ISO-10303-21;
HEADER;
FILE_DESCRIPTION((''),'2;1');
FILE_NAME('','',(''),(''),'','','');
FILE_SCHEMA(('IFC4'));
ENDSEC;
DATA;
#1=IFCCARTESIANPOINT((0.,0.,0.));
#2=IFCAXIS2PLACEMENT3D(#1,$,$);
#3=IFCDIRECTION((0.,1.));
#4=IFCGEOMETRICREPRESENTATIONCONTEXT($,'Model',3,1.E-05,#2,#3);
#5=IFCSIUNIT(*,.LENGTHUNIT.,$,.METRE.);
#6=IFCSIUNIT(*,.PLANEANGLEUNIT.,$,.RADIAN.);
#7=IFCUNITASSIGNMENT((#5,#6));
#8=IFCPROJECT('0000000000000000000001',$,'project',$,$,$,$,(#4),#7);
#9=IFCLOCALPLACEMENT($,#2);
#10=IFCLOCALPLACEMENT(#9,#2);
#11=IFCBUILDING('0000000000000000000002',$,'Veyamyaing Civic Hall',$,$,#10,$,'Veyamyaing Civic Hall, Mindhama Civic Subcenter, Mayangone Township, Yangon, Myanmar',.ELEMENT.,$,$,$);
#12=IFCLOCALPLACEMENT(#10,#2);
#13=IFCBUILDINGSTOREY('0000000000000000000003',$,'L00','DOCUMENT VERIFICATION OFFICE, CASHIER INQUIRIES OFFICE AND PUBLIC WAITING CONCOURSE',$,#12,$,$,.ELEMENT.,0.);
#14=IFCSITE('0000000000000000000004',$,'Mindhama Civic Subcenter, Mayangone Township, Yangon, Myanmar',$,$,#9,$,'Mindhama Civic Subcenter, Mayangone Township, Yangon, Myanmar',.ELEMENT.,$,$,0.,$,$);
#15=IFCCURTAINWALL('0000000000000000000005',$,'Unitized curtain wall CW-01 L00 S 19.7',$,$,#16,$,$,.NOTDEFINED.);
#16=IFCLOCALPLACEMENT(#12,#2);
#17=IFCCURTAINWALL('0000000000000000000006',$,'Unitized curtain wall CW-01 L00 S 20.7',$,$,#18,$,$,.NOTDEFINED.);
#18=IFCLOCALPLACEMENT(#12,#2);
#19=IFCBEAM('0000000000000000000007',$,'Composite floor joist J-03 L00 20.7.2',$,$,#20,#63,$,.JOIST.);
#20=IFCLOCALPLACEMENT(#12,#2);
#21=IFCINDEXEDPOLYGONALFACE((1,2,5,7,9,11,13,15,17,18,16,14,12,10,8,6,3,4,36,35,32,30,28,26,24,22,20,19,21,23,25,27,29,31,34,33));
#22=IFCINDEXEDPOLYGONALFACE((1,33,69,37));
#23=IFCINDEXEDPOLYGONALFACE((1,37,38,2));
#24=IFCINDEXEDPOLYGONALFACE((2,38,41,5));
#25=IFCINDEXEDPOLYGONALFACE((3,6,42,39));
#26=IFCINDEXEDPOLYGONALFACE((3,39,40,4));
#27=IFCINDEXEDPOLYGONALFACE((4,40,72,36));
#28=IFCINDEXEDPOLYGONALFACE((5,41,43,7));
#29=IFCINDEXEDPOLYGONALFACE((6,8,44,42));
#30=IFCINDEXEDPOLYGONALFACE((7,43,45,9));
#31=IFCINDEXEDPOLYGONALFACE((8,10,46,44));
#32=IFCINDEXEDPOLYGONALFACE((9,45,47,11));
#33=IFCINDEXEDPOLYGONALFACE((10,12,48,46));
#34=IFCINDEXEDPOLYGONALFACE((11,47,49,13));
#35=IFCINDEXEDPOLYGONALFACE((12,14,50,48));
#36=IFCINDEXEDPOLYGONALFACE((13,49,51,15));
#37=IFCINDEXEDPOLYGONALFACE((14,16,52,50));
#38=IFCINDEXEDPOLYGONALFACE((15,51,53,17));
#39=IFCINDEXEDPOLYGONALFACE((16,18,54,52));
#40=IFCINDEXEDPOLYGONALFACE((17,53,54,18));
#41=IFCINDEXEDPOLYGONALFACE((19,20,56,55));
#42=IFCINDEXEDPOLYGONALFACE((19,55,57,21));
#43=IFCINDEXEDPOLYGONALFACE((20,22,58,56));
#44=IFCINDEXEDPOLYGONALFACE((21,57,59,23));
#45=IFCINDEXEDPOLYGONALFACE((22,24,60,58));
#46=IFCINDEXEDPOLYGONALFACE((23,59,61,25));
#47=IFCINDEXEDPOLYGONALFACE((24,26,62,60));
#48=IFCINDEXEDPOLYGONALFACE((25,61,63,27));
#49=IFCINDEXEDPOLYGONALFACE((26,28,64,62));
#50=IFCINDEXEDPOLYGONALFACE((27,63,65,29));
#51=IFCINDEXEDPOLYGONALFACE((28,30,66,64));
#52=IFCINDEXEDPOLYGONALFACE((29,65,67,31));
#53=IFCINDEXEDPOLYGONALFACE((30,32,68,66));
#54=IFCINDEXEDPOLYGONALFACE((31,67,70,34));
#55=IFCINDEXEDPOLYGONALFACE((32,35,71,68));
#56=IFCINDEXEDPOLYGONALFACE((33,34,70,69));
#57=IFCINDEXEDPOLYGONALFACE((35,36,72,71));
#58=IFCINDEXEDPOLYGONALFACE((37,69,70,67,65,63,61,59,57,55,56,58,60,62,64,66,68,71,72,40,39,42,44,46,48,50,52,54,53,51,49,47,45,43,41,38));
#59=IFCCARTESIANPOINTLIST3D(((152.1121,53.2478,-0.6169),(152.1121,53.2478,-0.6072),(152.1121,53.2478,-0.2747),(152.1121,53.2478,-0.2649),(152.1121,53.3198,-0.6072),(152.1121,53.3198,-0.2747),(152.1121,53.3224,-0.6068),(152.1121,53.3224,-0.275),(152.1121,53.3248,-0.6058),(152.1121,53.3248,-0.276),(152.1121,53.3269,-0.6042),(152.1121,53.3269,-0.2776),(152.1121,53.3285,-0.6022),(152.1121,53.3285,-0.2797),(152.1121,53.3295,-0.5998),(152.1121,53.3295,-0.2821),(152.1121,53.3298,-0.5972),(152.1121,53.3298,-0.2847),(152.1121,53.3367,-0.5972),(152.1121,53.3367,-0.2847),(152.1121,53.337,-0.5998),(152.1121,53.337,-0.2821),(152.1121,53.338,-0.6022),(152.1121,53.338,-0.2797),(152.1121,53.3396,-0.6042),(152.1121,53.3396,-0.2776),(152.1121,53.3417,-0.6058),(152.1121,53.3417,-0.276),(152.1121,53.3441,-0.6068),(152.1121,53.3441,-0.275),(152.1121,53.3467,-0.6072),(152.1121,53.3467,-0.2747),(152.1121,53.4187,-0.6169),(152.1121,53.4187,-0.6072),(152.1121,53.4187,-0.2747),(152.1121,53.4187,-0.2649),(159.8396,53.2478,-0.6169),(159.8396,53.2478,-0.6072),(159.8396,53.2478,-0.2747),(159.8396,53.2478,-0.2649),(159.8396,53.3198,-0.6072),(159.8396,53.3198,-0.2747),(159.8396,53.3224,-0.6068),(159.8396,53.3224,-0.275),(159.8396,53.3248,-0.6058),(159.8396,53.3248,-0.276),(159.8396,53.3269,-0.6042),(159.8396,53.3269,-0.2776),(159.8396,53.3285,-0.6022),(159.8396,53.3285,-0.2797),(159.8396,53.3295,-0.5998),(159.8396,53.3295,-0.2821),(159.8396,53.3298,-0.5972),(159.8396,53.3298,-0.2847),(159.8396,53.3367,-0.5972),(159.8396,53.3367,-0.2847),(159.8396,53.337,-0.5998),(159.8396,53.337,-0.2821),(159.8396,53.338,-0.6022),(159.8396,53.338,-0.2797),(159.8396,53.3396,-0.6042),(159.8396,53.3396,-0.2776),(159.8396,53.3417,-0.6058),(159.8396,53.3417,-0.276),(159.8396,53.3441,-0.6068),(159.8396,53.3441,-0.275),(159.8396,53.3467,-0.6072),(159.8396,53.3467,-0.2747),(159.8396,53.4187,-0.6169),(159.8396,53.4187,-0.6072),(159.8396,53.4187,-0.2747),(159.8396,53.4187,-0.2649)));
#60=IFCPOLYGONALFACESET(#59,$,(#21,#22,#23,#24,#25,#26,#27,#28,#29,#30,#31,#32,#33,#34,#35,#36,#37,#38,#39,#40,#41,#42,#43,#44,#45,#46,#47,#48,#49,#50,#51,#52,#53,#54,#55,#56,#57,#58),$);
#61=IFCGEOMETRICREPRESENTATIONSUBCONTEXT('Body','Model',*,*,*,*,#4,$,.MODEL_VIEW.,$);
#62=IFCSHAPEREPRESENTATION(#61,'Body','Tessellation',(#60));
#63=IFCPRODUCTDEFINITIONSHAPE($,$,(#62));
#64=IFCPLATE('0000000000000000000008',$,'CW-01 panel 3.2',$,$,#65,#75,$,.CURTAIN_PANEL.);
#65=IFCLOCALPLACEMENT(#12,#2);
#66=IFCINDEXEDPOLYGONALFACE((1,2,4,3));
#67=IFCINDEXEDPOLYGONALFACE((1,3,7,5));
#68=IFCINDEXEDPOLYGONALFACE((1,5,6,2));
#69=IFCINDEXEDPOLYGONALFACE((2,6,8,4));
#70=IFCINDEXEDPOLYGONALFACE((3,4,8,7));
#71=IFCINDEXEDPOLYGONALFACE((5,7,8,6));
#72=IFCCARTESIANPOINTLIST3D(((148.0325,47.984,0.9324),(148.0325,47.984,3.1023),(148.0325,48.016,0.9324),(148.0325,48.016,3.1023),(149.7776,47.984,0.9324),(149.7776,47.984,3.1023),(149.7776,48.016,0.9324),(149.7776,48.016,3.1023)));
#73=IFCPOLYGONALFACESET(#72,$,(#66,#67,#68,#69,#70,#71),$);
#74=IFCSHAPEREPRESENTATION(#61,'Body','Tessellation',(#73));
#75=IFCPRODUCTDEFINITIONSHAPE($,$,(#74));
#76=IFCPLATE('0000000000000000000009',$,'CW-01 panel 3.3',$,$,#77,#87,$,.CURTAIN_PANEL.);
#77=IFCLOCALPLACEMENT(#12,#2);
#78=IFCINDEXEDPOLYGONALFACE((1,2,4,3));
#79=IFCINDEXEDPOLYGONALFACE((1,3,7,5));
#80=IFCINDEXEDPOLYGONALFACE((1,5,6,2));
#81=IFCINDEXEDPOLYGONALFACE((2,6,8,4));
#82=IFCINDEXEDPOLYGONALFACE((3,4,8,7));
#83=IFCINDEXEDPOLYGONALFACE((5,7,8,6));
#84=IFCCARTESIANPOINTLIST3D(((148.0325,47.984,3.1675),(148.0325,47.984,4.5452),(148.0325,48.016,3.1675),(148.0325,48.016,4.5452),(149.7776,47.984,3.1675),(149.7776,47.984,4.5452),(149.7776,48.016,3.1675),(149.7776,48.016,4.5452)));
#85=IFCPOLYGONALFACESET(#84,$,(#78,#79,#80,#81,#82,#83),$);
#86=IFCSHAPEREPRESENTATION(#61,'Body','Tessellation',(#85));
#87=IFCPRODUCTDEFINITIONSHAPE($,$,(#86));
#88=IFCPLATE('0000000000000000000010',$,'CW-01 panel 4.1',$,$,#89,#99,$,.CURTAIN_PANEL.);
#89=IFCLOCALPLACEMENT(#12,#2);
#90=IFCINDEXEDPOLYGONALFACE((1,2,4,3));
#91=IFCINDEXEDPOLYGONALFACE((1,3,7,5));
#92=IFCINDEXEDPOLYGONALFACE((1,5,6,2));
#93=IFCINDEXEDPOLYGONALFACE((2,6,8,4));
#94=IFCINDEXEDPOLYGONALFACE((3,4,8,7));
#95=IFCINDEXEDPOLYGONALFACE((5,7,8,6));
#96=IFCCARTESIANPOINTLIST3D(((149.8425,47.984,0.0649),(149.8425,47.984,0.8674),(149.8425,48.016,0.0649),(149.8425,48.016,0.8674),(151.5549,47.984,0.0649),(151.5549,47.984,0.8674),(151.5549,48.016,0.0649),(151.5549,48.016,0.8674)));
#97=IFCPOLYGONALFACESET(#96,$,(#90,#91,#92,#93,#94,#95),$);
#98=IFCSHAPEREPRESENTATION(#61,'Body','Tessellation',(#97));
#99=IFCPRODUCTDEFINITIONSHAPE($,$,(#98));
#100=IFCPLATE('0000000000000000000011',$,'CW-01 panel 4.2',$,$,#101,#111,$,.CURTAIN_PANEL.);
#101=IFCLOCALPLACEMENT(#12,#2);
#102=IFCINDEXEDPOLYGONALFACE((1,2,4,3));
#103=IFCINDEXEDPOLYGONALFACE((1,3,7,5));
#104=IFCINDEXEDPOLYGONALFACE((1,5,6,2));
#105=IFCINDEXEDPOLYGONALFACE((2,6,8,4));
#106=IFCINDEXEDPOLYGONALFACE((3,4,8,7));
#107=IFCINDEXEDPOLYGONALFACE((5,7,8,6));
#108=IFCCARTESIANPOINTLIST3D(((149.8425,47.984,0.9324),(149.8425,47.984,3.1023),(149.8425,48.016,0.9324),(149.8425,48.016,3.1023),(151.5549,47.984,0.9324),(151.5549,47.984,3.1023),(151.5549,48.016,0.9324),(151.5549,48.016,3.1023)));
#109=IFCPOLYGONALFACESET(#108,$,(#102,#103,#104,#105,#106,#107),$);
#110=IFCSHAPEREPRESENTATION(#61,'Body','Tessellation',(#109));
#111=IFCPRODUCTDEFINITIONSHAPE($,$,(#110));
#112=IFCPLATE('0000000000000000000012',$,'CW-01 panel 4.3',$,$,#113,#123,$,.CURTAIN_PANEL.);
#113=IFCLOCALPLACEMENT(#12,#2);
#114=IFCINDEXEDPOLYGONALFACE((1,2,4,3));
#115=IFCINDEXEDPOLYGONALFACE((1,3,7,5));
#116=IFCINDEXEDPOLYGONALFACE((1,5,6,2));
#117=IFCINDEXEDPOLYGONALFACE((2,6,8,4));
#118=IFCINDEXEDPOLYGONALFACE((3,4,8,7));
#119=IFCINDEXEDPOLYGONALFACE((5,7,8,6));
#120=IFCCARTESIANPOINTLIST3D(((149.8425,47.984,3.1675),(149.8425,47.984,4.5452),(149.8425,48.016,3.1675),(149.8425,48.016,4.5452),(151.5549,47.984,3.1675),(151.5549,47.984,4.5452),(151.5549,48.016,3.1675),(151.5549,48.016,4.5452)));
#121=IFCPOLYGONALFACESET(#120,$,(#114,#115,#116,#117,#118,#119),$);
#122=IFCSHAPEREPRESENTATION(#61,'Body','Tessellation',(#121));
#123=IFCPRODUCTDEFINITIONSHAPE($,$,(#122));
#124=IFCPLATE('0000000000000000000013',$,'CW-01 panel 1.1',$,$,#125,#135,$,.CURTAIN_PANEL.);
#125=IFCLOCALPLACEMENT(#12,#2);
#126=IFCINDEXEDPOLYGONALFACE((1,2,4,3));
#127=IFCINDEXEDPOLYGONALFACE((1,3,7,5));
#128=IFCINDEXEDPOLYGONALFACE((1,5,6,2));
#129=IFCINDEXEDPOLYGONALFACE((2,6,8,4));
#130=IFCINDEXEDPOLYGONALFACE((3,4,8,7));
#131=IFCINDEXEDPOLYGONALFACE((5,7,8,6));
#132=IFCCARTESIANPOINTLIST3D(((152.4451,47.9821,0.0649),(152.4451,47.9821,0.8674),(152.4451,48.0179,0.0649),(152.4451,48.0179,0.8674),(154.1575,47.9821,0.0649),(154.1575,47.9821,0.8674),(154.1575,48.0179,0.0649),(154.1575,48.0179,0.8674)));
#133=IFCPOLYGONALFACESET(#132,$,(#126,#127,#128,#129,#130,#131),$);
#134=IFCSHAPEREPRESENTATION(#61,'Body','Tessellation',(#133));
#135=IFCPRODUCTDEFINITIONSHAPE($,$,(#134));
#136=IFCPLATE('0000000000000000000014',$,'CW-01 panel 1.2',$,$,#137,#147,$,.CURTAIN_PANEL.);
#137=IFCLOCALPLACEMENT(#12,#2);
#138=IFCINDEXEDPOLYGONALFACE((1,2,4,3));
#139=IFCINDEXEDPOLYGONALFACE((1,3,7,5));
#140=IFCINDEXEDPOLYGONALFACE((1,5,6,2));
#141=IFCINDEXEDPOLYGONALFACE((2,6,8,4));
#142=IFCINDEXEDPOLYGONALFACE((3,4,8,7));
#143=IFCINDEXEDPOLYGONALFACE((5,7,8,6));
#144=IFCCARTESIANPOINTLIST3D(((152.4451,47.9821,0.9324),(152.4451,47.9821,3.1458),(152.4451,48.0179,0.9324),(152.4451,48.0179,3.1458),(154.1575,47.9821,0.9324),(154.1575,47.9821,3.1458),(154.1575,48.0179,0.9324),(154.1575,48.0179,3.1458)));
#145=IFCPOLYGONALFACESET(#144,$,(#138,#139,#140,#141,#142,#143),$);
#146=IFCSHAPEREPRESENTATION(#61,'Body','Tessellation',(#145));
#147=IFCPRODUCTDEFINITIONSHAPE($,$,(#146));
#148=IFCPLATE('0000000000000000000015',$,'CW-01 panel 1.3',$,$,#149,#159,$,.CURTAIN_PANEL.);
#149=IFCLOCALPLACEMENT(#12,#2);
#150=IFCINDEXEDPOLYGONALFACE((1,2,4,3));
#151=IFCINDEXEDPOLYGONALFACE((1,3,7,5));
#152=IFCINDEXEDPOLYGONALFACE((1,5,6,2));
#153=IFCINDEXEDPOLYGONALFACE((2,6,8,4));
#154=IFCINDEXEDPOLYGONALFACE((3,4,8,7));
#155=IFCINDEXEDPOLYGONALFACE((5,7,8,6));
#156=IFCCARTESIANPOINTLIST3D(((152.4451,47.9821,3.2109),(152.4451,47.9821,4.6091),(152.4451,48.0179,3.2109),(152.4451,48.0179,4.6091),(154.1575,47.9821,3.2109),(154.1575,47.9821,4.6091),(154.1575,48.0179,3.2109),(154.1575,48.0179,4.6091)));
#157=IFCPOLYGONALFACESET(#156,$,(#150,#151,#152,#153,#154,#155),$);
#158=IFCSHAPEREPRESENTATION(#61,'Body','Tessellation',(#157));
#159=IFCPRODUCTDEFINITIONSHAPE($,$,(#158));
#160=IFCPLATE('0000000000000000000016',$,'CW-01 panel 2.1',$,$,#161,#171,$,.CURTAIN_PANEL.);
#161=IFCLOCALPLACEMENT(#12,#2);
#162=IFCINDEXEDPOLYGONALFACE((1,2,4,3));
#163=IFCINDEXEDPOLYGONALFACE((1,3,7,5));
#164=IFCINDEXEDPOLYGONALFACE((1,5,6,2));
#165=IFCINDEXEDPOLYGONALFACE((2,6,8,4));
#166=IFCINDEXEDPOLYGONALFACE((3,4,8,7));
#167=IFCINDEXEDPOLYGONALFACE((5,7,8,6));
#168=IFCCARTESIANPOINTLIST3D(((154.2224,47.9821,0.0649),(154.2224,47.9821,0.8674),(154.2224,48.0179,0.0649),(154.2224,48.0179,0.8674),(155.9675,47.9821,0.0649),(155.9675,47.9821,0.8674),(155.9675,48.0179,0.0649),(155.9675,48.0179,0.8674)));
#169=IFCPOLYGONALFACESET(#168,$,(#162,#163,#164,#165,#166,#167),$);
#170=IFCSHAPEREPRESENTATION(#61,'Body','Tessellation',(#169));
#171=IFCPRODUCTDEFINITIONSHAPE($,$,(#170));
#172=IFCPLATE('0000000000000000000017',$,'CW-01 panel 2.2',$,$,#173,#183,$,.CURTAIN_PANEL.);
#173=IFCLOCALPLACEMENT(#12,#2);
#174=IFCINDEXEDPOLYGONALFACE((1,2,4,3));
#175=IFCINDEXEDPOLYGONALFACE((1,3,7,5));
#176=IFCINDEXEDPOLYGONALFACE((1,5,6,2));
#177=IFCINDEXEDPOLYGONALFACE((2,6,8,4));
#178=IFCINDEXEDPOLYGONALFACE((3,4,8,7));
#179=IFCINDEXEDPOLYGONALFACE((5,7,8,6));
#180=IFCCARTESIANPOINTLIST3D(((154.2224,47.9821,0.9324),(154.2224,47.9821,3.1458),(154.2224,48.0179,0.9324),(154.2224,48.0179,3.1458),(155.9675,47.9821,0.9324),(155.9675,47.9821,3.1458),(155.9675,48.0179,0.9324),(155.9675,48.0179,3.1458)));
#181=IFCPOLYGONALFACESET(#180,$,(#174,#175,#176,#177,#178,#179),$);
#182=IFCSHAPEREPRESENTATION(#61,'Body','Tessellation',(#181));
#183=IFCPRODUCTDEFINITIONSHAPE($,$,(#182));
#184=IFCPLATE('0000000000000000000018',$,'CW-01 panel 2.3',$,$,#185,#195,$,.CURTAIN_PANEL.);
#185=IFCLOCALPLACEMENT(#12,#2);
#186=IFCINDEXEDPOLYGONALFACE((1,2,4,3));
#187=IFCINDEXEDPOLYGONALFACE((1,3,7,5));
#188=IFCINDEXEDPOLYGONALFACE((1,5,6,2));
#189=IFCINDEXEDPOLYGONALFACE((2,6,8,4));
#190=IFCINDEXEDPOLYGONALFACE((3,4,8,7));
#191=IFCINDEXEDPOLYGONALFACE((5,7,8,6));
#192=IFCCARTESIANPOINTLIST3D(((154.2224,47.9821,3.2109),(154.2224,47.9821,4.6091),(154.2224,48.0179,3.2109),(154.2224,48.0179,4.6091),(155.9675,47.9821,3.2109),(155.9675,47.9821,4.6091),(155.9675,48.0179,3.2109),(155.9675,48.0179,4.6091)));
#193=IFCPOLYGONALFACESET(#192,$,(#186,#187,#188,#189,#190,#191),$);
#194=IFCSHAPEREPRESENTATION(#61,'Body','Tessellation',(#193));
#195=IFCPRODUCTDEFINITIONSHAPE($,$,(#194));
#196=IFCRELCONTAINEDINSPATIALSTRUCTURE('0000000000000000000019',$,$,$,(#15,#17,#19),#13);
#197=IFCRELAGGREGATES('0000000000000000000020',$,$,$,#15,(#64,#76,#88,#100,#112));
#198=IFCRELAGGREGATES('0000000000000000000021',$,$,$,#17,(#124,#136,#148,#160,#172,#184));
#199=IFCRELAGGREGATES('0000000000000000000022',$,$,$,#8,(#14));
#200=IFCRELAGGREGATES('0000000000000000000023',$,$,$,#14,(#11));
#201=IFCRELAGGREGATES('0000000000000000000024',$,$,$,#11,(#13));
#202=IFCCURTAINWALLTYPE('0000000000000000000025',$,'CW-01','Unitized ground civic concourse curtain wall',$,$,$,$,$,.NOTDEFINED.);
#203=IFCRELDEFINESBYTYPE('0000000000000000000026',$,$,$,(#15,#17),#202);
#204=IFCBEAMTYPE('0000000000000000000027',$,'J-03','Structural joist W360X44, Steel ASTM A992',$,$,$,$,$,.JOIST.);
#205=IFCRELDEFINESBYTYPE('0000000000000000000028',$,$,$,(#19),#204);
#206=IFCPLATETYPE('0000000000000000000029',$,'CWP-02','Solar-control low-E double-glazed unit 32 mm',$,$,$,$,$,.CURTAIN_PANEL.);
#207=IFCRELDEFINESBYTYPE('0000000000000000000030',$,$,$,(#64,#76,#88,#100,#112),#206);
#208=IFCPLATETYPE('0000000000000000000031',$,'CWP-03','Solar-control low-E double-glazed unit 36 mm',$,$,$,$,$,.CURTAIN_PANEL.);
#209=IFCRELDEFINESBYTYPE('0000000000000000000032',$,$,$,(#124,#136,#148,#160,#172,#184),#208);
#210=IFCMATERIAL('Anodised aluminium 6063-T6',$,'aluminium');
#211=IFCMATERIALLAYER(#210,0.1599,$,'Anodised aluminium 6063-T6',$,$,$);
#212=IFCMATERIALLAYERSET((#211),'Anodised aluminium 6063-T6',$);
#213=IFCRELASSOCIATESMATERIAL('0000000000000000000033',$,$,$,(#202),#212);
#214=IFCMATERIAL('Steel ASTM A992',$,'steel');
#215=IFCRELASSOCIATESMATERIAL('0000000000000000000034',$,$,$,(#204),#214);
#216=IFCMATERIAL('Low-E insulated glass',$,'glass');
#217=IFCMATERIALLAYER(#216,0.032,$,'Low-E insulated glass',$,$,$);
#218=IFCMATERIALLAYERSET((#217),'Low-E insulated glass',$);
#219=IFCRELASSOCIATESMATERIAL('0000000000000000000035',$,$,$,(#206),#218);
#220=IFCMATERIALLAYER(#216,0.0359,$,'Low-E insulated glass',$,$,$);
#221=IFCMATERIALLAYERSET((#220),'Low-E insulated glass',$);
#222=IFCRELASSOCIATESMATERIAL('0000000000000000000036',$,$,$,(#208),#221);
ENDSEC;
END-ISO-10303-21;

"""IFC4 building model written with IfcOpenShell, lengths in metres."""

from ifc_helpers import new_model, si_unit, direction, frame, origin, origin_2d, place, context, subcontext, project, spatial, rectangle, i_section, extrude, material, layer, layer_set, material_profile, profile_set, type_object, element, aggregate, save


model = new_model("IFC4")

# Units and contexts
model_context = context("Model", 3, precision=1e-05, world=origin(), true_north=direction((0.0, 1.0)))
body_context = subcontext(model_context, "Body", "Model", "MODEL_VIEW")
ifc_project = project(units=[si_unit("LENGTHUNIT", "METRE"), si_unit("PLANEANGLEUNIT", "RADIAN")], contexts=[model_context])

# Site, building, storey
site_placement = place(None, origin())
site = spatial("IfcSite", under=ifc_project, at=site_placement, Name="Mindhama Civic Subcenter, Mayangone Township, Yangon, Myanmar", LongName="Mindhama Civic Subcenter, Mayangone Township, Yangon, Myanmar", CompositionType="ELEMENT", RefElevation=0.0)
building_placement = place(site_placement, origin())
building = spatial("IfcBuilding", under=site, at=building_placement, Name="Veyamyaing Civic Hall", LongName="Veyamyaing Civic Hall, Mindhama Civic Subcenter, Mayangone Township, Yangon, Myanmar", CompositionType="ELEMENT")
storey_placement = place(building_placement, origin())
storey = spatial("IfcBuildingStorey", under=building, at=storey_placement, Name="L00", Description="DOCUMENT VERIFICATION OFFICE, CASHIER INQUIRIES OFFICE AND PUBLIC WAITING CONCOURSE", CompositionType="ELEMENT", Elevation=0.0)

# Shared definitions
ifc_material_1 = material(Name="Steel ASTM A992", Category="steel")

# Curtain walls
ifc_material_2 = material(Name="Anodised aluminium 6063-T6", Category="aluminium")
ifc_layer_1 = layer(ifc_material_2, 0.1599, Name="Anodised aluminium 6063-T6")
ifc_layer_set_1 = layer_set([ifc_layer_1], Name="Anodised aluminium 6063-T6")
curtain_wall_type = type_object("IfcCurtainWallType", Name="CW-01", Description="Unitized ground civic concourse curtain wall", PredefinedType="NOTDEFINED", material=ifc_layer_set_1)
curtain_wall_1_placement = place(storey_placement, origin())
curtain_wall_1 = element("IfcCurtainWall", 1, at=curtain_wall_1_placement, inside=storey, type_object=curtain_wall_type, Name="Unitized curtain wall CW-01 L00 S 19.7", PredefinedType="NOTDEFINED")
curtain_wall_2_placement = place(storey_placement, origin())
curtain_wall_2 = element("IfcCurtainWall", 2, at=curtain_wall_2_placement, inside=storey, type_object=curtain_wall_type, Name="Unitized curtain wall CW-01 L00 S 20.7", PredefinedType="NOTDEFINED")

# Beam
ifc_material_profile_1 = material_profile(ifc_material_1, i_section(OverallWidth=0.1709, OverallDepth=0.3521, WebThickness=0.0068, FlangeThickness=0.0098, FilletRadius=0.01, at=origin_2d()), Name="W360X44")
ifc_profile_set_1 = profile_set([ifc_material_profile_1], Name="Steel ASTM A992")
beam_type_1 = type_object("IfcBeamType", Name="J-03", Description="Structural joist W360X44, Steel ASTM A992", PredefinedType="JOIST", material=ifc_profile_set_1)
for number, where, z_axis, x_axis, name in (
    (3, (152.1121, 53.3333, -0.4409), (1.0, 0.0, 0.0), (0.0, 1.0, 0.0), "Composite floor joist J-03 L00 20.7.2"),
):
    element("IfcBeam", number, at=place(storey_placement, frame(where, z_axis=z_axis, x_axis=x_axis)), inside=storey, type_object=beam_type_1, Name=name, PredefinedType="JOIST", context=body_context, shape_type="SweptSolid", body=[
        extrude(i_section(OverallWidth=0.1709, OverallDepth=0.3521, WebThickness=0.0068, FlangeThickness=0.0098, FilletRadius=0.01, at=origin_2d()), origin(), (0.0, 0.0, 1.0), 7.7275),
    ])

# Plates
ifc_material_3 = material(Name="Low-E insulated glass", Category="glass")
ifc_layer_2 = layer(ifc_material_3, 0.032, Name="Low-E insulated glass")
ifc_layer_set_2 = layer_set([ifc_layer_2], Name="Low-E insulated glass")
plate_type_1 = type_object("IfcPlateType", Name="CWP-02", Description="Solar-control low-E double-glazed unit 32 mm", PredefinedType="CURTAIN_PANEL", material=ifc_layer_set_2)
plate_1_placement = place(storey_placement, frame((148.905, 48.0, 0.9324), z_axis=(0.0, 0.0, 1.0), x_axis=(1.0, 0.0, 0.0)))
plate_1 = element("IfcPlate", 4, at=plate_1_placement, type_object=plate_type_1, Name="CW-01 panel 3.2", PredefinedType="CURTAIN_PANEL", context=body_context, shape_type="SweptSolid", body=[
    extrude(rectangle(XDim=1.7451, YDim=0.032, at=origin_2d()), origin(), (0.0, 0.0, 1.0), 2.1699),
])
plate_2_placement = place(storey_placement, frame((148.905, 48.0, 3.1675), z_axis=(0.0, 0.0, 1.0), x_axis=(1.0, 0.0, 0.0)))
plate_2 = element("IfcPlate", 5, at=plate_2_placement, type_object=plate_type_1, Name="CW-01 panel 3.3", PredefinedType="CURTAIN_PANEL", context=body_context, shape_type="SweptSolid", body=[
    extrude(rectangle(XDim=1.7451, YDim=0.032, at=origin_2d()), origin(), (0.0, 0.0, 1.0), 1.3777),
])
plate_3_placement = place(storey_placement, frame((150.6987, 48.0, 0.0649), z_axis=(0.0, 0.0, 1.0), x_axis=(1.0, 0.0, 0.0)))
plate_3 = element("IfcPlate", 6, at=plate_3_placement, type_object=plate_type_1, Name="CW-01 panel 4.1", PredefinedType="CURTAIN_PANEL", context=body_context, shape_type="SweptSolid", body=[
    extrude(rectangle(XDim=1.7124, YDim=0.032, at=origin_2d()), origin(), (0.0, 0.0, 1.0), 0.8025),
])
plate_4_placement = place(storey_placement, frame((150.6987, 48.0, 0.9324), z_axis=(0.0, 0.0, 1.0), x_axis=(1.0, 0.0, 0.0)))
plate_4 = element("IfcPlate", 7, at=plate_4_placement, type_object=plate_type_1, Name="CW-01 panel 4.2", PredefinedType="CURTAIN_PANEL", context=body_context, shape_type="SweptSolid", body=[
    extrude(rectangle(XDim=1.7124, YDim=0.032, at=origin_2d()), origin(), (0.0, 0.0, 1.0), 2.1699),
])
plate_5_placement = place(storey_placement, frame((150.6987, 48.0, 3.1675), z_axis=(0.0, 0.0, 1.0), x_axis=(1.0, 0.0, 0.0)))
plate_5 = element("IfcPlate", 8, at=plate_5_placement, type_object=plate_type_1, Name="CW-01 panel 4.3", PredefinedType="CURTAIN_PANEL", context=body_context, shape_type="SweptSolid", body=[
    extrude(rectangle(XDim=1.7124, YDim=0.032, at=origin_2d()), origin(), (0.0, 0.0, 1.0), 1.3777),
])
aggregate(curtain_wall_1, [plate_1, plate_2, plate_3, plate_4, plate_5])
ifc_layer_3 = layer(ifc_material_3, 0.0359, Name="Low-E insulated glass")
ifc_layer_set_3 = layer_set([ifc_layer_3], Name="Low-E insulated glass")
plate_type_2 = type_object("IfcPlateType", Name="CWP-03", Description="Solar-control low-E double-glazed unit 36 mm", PredefinedType="CURTAIN_PANEL", material=ifc_layer_set_3)
plate_6_placement = place(storey_placement, frame((153.3013, 48.0, 0.0649), z_axis=(0.0, 0.0, 1.0), x_axis=(1.0, 0.0, 0.0)))
plate_6 = element("IfcPlate", 9, at=plate_6_placement, type_object=plate_type_2, Name="CW-01 panel 1.1", PredefinedType="CURTAIN_PANEL", context=body_context, shape_type="SweptSolid", body=[
    extrude(rectangle(XDim=1.7124, YDim=0.0359, at=origin_2d()), origin(), (0.0, 0.0, 1.0), 0.8025),
])
plate_7_placement = place(storey_placement, frame((153.3013, 48.0, 0.9324), z_axis=(0.0, 0.0, 1.0), x_axis=(1.0, 0.0, 0.0)))
plate_7 = element("IfcPlate", 10, at=plate_7_placement, type_object=plate_type_2, Name="CW-01 panel 1.2", PredefinedType="CURTAIN_PANEL", context=body_context, shape_type="SweptSolid", body=[
    extrude(rectangle(XDim=1.7124, YDim=0.0359, at=origin_2d()), origin(), (0.0, 0.0, 1.0), 2.2134),
])
plate_8_placement = place(storey_placement, frame((153.3013, 48.0, 3.2109), z_axis=(0.0, 0.0, 1.0), x_axis=(1.0, 0.0, 0.0)))
plate_8 = element("IfcPlate", 11, at=plate_8_placement, type_object=plate_type_2, Name="CW-01 panel 1.3", PredefinedType="CURTAIN_PANEL", context=body_context, shape_type="SweptSolid", body=[
    extrude(rectangle(XDim=1.7124, YDim=0.0359, at=origin_2d()), origin(), (0.0, 0.0, 1.0), 1.3982),
])
plate_9_placement = place(storey_placement, frame((155.095, 48.0, 0.0649), z_axis=(0.0, 0.0, 1.0), x_axis=(1.0, 0.0, 0.0)))
plate_9 = element("IfcPlate", 12, at=plate_9_placement, type_object=plate_type_2, Name="CW-01 panel 2.1", PredefinedType="CURTAIN_PANEL", context=body_context, shape_type="SweptSolid", body=[
    extrude(rectangle(XDim=1.7451, YDim=0.0359, at=origin_2d()), origin(), (0.0, 0.0, 1.0), 0.8025),
])
plate_10_placement = place(storey_placement, frame((155.095, 48.0, 0.9324), z_axis=(0.0, 0.0, 1.0), x_axis=(1.0, 0.0, 0.0)))
plate_10 = element("IfcPlate", 13, at=plate_10_placement, type_object=plate_type_2, Name="CW-01 panel 2.2", PredefinedType="CURTAIN_PANEL", context=body_context, shape_type="SweptSolid", body=[
    extrude(rectangle(XDim=1.7451, YDim=0.0359, at=origin_2d()), origin(), (0.0, 0.0, 1.0), 2.2134),
])
plate_11_placement = place(storey_placement, frame((155.095, 48.0, 3.2109), z_axis=(0.0, 0.0, 1.0), x_axis=(1.0, 0.0, 0.0)))
plate_11 = element("IfcPlate", 14, at=plate_11_placement, type_object=plate_type_2, Name="CW-01 panel 2.3", PredefinedType="CURTAIN_PANEL", context=body_context, shape_type="SweptSolid", body=[
    extrude(rectangle(XDim=1.7451, YDim=0.0359, at=origin_2d()), origin(), (0.0, 0.0, 1.0), 1.3982),
])
aggregate(curtain_wall_2, [plate_6, plate_7, plate_8, plate_9, plate_10, plate_11])

save(model, "model.ifc")
